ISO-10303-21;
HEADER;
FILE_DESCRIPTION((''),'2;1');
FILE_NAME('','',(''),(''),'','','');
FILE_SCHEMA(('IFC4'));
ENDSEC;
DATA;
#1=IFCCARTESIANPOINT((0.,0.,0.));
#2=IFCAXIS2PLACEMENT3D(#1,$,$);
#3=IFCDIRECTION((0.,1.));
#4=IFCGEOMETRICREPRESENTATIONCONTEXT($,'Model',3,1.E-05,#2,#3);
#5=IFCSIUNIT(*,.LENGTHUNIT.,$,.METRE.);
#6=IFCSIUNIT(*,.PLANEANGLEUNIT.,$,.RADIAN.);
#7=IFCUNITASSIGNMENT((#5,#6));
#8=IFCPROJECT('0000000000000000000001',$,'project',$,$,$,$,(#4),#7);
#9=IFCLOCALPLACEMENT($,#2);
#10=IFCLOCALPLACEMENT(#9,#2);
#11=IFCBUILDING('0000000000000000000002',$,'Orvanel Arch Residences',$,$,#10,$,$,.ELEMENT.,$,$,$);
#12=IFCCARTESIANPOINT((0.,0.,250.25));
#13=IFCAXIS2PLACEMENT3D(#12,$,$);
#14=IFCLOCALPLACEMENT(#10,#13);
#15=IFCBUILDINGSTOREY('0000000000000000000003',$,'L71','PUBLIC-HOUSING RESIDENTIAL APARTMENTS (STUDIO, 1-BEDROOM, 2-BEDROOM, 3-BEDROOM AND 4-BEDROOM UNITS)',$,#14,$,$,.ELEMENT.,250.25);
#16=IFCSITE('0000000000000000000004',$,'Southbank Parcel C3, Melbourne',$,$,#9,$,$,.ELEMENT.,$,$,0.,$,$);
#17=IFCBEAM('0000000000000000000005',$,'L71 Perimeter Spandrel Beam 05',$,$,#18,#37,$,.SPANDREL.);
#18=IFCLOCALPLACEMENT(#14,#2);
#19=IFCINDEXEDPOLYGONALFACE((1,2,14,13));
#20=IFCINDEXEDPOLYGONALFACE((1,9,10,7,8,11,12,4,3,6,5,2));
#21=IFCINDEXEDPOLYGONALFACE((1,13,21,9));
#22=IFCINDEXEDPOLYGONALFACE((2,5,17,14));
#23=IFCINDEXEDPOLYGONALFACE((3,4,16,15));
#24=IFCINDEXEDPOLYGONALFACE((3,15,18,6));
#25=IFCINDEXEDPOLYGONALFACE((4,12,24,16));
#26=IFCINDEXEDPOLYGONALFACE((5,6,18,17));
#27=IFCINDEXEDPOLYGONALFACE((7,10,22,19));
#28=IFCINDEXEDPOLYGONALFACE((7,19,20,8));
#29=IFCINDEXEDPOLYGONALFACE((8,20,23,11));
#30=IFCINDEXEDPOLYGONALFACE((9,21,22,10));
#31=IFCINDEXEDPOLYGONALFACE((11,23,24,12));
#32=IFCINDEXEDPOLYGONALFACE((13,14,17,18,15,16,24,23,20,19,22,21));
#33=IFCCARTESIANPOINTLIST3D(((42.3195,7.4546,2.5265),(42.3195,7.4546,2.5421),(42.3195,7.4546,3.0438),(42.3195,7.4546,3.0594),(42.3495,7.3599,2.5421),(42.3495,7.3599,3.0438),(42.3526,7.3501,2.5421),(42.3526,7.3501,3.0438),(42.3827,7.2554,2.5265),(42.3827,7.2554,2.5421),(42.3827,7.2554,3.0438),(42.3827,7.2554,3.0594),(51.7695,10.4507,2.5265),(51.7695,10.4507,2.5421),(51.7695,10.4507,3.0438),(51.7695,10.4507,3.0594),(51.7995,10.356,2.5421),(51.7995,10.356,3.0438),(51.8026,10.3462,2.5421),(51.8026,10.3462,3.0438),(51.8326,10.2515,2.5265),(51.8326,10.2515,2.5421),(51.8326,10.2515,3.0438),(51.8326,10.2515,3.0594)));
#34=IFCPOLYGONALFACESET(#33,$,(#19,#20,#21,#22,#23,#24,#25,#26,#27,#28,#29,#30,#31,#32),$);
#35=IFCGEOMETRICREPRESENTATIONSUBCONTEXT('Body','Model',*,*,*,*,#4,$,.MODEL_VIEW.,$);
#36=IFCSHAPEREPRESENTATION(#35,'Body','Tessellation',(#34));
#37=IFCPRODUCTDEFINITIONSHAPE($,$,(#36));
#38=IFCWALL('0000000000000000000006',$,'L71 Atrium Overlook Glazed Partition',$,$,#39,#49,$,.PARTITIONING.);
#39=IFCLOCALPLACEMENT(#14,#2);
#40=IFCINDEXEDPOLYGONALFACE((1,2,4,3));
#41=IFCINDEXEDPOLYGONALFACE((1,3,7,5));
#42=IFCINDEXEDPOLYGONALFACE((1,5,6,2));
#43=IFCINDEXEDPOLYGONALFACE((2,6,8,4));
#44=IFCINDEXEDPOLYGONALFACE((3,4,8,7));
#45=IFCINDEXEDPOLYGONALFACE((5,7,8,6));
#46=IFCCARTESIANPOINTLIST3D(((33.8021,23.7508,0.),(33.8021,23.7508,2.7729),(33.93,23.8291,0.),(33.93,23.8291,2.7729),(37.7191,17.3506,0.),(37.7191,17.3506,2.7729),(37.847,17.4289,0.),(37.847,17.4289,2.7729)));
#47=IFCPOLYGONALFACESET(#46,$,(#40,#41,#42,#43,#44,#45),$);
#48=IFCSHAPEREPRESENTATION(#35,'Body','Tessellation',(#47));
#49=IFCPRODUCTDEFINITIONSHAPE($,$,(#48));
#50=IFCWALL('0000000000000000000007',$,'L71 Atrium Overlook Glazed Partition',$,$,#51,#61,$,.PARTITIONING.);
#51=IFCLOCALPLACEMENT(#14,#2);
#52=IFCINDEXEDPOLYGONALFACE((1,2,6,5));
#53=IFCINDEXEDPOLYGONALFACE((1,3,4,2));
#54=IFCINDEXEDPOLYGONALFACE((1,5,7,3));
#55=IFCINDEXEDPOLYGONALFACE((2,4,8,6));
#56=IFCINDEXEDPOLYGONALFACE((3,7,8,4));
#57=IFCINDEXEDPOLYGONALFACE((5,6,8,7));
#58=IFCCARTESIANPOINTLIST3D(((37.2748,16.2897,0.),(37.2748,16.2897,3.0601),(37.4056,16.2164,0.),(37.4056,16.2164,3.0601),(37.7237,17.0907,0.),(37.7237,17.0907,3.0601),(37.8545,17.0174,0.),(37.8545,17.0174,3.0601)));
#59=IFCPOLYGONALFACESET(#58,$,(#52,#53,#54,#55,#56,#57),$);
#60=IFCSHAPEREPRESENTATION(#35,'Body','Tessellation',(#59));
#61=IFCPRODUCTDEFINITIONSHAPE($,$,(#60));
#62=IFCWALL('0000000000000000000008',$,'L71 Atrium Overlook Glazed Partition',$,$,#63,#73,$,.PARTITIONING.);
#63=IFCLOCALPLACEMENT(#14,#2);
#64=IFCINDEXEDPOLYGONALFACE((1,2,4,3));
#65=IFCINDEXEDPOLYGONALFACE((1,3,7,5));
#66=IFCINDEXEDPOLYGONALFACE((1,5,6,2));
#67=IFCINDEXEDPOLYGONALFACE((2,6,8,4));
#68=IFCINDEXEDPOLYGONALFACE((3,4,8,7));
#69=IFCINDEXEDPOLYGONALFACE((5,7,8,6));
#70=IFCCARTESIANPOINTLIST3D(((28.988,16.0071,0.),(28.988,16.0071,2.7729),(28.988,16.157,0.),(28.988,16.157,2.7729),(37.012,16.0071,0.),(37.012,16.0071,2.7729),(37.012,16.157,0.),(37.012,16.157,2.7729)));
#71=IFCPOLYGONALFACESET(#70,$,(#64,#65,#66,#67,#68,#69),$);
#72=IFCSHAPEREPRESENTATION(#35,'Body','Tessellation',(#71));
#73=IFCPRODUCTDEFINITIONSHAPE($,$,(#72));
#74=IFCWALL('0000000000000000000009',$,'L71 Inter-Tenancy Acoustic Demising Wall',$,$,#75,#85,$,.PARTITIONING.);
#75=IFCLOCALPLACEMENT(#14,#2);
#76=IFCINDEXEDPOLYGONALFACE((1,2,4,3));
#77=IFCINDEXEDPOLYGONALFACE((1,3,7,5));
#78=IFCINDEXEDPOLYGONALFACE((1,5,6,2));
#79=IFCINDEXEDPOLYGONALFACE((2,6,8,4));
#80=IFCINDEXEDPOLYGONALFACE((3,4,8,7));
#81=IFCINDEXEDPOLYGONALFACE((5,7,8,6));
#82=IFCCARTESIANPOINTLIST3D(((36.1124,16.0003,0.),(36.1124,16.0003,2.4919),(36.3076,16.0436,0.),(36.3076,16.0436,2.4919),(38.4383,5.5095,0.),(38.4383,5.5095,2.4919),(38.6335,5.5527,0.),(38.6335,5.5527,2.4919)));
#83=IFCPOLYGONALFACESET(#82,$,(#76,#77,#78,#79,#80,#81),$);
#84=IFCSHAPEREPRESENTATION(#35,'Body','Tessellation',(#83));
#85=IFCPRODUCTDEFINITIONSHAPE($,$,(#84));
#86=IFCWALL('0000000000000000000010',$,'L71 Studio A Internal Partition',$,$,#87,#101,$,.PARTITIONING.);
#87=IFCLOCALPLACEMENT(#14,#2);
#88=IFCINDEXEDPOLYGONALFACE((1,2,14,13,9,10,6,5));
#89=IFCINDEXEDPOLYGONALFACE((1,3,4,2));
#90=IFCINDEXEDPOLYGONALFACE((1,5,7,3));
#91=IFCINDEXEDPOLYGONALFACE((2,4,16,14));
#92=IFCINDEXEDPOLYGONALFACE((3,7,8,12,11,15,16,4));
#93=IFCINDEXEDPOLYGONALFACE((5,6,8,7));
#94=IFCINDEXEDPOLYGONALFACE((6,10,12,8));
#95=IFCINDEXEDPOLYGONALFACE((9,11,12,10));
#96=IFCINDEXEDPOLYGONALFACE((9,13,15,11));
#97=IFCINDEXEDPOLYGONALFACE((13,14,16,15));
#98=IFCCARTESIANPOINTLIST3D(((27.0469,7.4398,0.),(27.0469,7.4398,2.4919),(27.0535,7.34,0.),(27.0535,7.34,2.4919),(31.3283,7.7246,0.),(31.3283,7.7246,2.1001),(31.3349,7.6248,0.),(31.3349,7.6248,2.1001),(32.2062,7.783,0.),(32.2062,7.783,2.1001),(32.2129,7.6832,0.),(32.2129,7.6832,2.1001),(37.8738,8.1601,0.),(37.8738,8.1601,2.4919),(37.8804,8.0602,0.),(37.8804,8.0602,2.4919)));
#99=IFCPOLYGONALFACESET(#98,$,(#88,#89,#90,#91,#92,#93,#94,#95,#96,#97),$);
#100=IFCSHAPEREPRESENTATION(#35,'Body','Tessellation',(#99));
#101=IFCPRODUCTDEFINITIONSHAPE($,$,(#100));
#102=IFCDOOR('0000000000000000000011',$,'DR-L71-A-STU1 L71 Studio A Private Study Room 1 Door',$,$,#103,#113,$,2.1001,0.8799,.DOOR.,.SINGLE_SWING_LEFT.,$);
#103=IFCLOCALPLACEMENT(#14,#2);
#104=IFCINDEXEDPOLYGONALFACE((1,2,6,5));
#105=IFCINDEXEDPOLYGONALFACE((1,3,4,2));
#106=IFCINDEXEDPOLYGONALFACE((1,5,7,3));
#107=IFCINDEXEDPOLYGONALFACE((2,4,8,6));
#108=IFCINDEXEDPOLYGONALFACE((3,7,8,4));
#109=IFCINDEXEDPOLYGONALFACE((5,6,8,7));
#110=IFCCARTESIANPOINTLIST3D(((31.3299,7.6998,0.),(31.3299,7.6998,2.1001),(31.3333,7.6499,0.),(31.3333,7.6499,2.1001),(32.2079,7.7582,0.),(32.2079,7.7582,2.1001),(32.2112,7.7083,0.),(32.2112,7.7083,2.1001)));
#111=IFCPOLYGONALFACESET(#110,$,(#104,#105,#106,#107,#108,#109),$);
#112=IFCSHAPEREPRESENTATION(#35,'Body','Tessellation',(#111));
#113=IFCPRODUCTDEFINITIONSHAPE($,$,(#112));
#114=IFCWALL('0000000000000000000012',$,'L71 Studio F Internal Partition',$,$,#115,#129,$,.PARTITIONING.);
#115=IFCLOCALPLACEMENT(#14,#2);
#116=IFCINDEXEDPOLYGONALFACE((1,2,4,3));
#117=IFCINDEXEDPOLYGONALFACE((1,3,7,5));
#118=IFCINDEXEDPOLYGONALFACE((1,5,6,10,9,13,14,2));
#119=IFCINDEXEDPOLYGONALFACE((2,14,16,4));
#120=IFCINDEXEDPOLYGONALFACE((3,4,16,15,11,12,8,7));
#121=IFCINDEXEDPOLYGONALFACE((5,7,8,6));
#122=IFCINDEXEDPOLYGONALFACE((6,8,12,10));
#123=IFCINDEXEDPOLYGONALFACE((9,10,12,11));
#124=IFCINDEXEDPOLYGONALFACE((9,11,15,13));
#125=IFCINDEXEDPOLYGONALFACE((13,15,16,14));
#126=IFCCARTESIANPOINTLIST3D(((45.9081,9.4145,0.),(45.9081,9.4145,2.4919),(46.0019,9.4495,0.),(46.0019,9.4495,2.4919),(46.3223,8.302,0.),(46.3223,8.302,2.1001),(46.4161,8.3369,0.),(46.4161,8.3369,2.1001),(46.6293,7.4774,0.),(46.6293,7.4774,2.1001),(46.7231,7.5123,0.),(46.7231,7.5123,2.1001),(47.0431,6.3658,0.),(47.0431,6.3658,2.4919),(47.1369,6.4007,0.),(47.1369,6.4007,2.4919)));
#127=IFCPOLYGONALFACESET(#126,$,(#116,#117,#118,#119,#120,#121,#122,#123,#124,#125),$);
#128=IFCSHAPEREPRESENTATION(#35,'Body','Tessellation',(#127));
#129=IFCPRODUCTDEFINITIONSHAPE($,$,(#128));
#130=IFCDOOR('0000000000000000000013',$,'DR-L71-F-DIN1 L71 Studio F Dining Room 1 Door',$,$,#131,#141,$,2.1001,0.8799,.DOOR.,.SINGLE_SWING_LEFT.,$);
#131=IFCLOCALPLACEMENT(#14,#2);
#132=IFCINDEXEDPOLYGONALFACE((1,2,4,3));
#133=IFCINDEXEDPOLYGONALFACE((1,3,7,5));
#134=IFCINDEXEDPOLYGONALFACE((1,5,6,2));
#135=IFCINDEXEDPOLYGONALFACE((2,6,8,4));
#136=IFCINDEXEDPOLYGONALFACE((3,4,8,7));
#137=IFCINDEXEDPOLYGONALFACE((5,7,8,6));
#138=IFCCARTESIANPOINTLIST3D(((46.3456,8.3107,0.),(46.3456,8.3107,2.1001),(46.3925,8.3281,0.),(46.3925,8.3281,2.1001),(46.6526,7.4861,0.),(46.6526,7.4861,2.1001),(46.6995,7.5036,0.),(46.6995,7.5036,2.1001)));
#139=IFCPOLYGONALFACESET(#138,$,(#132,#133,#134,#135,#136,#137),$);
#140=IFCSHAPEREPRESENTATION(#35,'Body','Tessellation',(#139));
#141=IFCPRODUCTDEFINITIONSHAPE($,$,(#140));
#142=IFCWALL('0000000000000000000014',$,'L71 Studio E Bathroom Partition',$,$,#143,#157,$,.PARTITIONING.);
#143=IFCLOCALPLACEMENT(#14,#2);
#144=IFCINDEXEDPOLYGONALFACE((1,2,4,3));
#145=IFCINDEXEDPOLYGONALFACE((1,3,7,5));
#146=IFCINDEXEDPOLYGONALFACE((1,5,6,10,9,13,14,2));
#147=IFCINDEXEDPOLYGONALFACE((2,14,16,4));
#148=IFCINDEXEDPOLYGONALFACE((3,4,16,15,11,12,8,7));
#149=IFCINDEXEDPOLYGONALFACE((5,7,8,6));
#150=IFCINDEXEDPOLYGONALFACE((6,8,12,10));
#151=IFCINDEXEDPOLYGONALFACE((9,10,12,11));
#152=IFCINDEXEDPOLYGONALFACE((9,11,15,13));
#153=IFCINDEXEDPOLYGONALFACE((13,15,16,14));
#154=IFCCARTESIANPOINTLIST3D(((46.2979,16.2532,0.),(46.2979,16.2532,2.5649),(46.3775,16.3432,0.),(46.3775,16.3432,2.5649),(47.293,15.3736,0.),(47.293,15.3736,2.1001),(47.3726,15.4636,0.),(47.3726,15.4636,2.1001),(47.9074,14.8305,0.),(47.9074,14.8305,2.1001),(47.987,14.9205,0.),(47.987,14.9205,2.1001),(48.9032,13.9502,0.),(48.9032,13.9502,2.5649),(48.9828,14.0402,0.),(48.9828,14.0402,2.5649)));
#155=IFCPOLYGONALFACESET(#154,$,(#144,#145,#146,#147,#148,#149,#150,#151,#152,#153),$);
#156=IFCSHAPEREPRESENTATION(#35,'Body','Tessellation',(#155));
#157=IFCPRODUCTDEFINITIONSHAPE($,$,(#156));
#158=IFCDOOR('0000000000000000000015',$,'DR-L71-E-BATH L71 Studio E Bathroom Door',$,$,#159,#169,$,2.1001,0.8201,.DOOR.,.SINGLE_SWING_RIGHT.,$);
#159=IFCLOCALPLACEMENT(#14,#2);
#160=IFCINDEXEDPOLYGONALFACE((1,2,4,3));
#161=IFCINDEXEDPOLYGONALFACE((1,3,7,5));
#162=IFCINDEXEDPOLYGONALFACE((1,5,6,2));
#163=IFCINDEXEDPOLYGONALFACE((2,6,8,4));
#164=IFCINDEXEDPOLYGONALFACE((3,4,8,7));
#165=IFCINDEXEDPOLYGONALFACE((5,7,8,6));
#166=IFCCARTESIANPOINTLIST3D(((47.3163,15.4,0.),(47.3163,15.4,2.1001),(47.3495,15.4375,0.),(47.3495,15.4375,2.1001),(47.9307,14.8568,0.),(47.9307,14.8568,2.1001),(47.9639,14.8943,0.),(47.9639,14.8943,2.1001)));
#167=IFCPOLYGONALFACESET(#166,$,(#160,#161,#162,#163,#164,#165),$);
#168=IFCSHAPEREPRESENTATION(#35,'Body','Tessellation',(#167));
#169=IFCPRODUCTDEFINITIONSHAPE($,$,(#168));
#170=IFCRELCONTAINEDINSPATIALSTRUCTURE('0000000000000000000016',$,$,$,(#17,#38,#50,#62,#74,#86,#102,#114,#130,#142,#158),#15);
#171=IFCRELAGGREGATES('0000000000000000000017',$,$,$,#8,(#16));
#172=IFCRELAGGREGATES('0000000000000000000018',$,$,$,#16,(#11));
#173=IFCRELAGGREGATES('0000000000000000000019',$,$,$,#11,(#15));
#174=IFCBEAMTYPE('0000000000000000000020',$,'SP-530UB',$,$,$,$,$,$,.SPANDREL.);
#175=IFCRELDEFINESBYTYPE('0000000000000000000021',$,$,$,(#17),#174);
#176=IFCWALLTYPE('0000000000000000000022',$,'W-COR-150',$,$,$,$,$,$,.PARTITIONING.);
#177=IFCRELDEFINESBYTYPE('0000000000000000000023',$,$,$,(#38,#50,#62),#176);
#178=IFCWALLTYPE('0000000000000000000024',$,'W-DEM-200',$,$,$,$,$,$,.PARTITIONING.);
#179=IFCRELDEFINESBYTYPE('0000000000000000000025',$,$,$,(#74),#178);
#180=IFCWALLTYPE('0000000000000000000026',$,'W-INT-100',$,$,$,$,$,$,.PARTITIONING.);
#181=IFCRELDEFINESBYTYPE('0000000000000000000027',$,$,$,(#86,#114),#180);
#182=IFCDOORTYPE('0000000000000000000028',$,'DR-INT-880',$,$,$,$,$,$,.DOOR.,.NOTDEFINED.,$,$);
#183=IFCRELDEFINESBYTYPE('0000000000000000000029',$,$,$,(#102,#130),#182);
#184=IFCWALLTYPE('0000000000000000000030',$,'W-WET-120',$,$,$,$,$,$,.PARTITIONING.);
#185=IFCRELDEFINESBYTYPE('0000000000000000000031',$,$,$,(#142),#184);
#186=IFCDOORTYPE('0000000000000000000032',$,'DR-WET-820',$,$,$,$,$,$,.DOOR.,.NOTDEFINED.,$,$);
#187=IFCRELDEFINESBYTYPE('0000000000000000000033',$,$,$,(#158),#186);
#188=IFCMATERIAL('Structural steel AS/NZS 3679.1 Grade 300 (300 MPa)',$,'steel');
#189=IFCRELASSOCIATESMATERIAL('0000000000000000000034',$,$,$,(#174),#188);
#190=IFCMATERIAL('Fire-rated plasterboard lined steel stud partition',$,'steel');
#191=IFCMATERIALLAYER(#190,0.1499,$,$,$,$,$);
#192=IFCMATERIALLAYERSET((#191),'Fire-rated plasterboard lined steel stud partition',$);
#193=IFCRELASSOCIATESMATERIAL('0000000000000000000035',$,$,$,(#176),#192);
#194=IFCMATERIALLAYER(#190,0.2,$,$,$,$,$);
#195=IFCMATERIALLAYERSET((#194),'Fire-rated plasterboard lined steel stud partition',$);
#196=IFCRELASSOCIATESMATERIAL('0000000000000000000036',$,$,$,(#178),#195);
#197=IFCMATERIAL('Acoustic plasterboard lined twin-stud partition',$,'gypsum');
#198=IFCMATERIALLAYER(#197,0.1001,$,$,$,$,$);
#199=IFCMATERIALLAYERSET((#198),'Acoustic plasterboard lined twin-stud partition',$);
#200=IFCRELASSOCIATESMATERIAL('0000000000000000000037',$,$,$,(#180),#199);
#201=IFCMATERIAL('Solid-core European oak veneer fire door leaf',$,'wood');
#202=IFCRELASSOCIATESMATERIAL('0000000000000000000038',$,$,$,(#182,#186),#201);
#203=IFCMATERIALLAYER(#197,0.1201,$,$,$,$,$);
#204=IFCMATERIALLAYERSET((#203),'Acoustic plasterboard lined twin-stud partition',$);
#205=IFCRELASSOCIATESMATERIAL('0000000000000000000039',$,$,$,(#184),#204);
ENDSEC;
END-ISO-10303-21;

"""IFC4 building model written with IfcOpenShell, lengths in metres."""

from ifc_helpers import new_model, si_unit, direction, frame, frame_2d, origin, origin_2d, place, context, subcontext, project, spatial, rectangle, i_section, extrude, material, layer, layer_set, material_profile, profile_set, type_object, element, fill, save


model = new_model("IFC4")

# Units and contexts
model_context = context("Model", 3, precision=1e-05, world=origin(), true_north=direction((0.0, 1.0)))
body_context = subcontext(model_context, "Body", "Model", "MODEL_VIEW")
ifc_project = project(units=[si_unit("LENGTHUNIT", "METRE"), si_unit("PLANEANGLEUNIT", "RADIAN")], contexts=[model_context])

# Site, building, storey
site_placement = place(None, origin())
site = spatial("IfcSite", under=ifc_project, at=site_placement, Name="Southbank Parcel C3, Melbourne", CompositionType="ELEMENT", RefElevation=0.0)
building_placement = place(site_placement, origin())
building = spatial("IfcBuilding", under=site, at=building_placement, Name="Orvanel Arch Residences", CompositionType="ELEMENT")
storey_placement = place(building_placement, frame((0.0, 0.0, 250.25)))
storey = spatial("IfcBuildingStorey", under=building, at=storey_placement, Name="L71", Description="PUBLIC-HOUSING RESIDENTIAL APARTMENTS (STUDIO, 1-BEDROOM, 2-BEDROOM, 3-BEDROOM AND 4-BEDROOM UNITS)", CompositionType="ELEMENT", Elevation=250.25)

# Beam
ifc_material_1 = material(Name="Structural steel AS/NZS 3679.1 Grade 300 (300 MPa)", Category="steel")
ifc_material_profile = material_profile(ifc_material_1, i_section(OverallWidth=0.209, OverallDepth=0.533, WebThickness=0.0103, FlangeThickness=0.0156, at=origin_2d()), Name="530UB92.4")
ifc_profile_set = profile_set([ifc_material_profile], Name="Structural steel AS/NZS 3679.1 Grade 300 (300 MPa)")
beam_type = type_object("IfcBeamType", Name="SP-530UB", PredefinedType="SPANDREL", material=ifc_profile_set)
beam_placement = place(storey_placement, frame((42.3511, 7.355, 2.793), z_axis=(0.953237, 0.302223, 0.0), x_axis=(-0.302223, 0.953237, 0.0)))
element("IfcBeam", 1, at=beam_placement, inside=storey, type_object=beam_type, Name="L71 Perimeter Spandrel Beam 05", PredefinedType="SPANDREL", context=body_context, shape_type="SweptSolid", body=[
    extrude(i_section(OverallWidth=0.209, OverallDepth=0.533, WebThickness=0.0103, FlangeThickness=0.0156, at=origin_2d()), origin(), (0.0, 0.0, 1.0), 9.9136),
])

# Walls
ifc_material_2 = material(Name="Fire-rated plasterboard lined steel stud partition", Category="steel")
ifc_layer_1 = layer(ifc_material_2, 0.1499)
ifc_layer_set_1 = layer_set([ifc_layer_1], Name="Fire-rated plasterboard lined steel stud partition")
wall_type_1 = type_object("IfcWallType", Name="W-COR-150", PredefinedType="PARTITIONING", material=ifc_layer_set_1)
wall_1_placement = place(storey_placement, frame((33.866, 23.79, 0.0), z_axis=(0.0, 0.0, 1.0), x_axis=(0.522012, -0.852938, 0.0)))
element("IfcWall", 2, at=wall_1_placement, inside=storey, type_object=wall_type_1, Name="L71 Atrium Overlook Glazed Partition", PredefinedType="PARTITIONING", context=body_context, shape_type="SweptSolid", body=[
    extrude(rectangle(XDim=7.5037, YDim=0.1499, at=frame_2d((3.752, 0.0))), origin(), (0.0, 0.0, 1.0), 2.7729),
])
wall_2_placement = place(storey_placement, frame((37.7891, 17.054, 0.0), z_axis=(0.0, 0.0, 1.0), x_axis=(-0.488935, -0.87232, 0.0)))
element("IfcWall", 3, at=wall_2_placement, inside=storey, type_object=wall_type_1, Name="L71 Atrium Overlook Glazed Partition", PredefinedType="PARTITIONING", context=body_context, shape_type="SweptSolid", body=[
    extrude(rectangle(XDim=0.9182, YDim=0.1499, at=frame_2d((0.459, 0.0))), origin(), (0.0, 0.0, 1.0), 3.0601),
])
wall_3_placement = place(storey_placement, frame((37.012, 16.082, 0.0), z_axis=(0.0, 0.0, 1.0), x_axis=(-1.0, 0.0, 0.0)))
element("IfcWall", 4, at=wall_3_placement, inside=storey, type_object=wall_type_1, Name="L71 Atrium Overlook Glazed Partition", PredefinedType="PARTITIONING", context=body_context, shape_type="SweptSolid", body=[
    extrude(rectangle(XDim=8.0239, YDim=0.1499, at=frame_2d((4.012, 0.0))), origin(), (0.0, 0.0, 1.0), 2.7729),
])
ifc_layer_2 = layer(ifc_material_2, 0.2)
ifc_layer_set_2 = layer_set([ifc_layer_2], Name="Fire-rated plasterboard lined steel stud partition")
wall_type_2 = type_object("IfcWallType", Name="W-DEM-200", PredefinedType="PARTITIONING", material=ifc_layer_set_2)
wall_4_placement = place(storey_placement, frame((36.21, 16.022, 0.0), z_axis=(0.0, 0.0, 1.0), x_axis=(0.216452, -0.976293, 0.0)))
element("IfcWall", 5, at=wall_4_placement, inside=storey, type_object=wall_type_2, Name="L71 Inter-Tenancy Acoustic Demising Wall", PredefinedType="PARTITIONING", context=body_context, shape_type="SweptSolid", body=[
    extrude(rectangle(XDim=10.7456, YDim=0.2, at=frame_2d((5.3728, 0.0))), origin(), (0.0, 0.0, 1.0), 2.4919),
])

# Walls, openings, doors
ifc_material_3 = material(Name="Acoustic plasterboard lined twin-stud partition", Category="gypsum")
ifc_layer_3 = layer(ifc_material_3, 0.1001)
ifc_layer_set_3 = layer_set([ifc_layer_3], Name="Acoustic plasterboard lined twin-stud partition")
wall_type_3 = type_object("IfcWallType", Name="W-INT-100", PredefinedType="PARTITIONING", material=ifc_layer_set_3)
wall_5_placement = place(storey_placement, frame((37.877, 8.1101, 0.0), z_axis=(0.0, 0.0, 1.0), x_axis=(-0.997795, -0.066374, 0.0)))
wall_5 = element("IfcWall", 6, at=wall_5_placement, inside=storey, type_object=wall_type_3, Name="L71 Studio A Internal Partition", PredefinedType="PARTITIONING", context=body_context, shape_type="SweptSolid", body=[
    extrude(rectangle(XDim=10.8508, YDim=0.1001, at=frame_2d((5.4253, 0.0))), origin(), (0.0, 0.0, 1.0), 2.4919),
])
opening_1_placement = place(wall_5_placement, frame((5.6799, 0.0, 0.0)))
opening_1 = element("IfcOpeningElement", 7, at=opening_1_placement, cuts=wall_5, PredefinedType="OPENING", context=body_context, shape_type="SweptSolid", body=[
    extrude(rectangle(XDim=0.8799, YDim=2.1001, at=frame_2d((0.4399, 1.05))), frame((0.0, 0.0601, 0.0), z_axis=(0.0, -1.0, 0.0), x_axis=(1.0, 0.0, 0.0)), (0.0, 0.0, 1.0), 0.1201),
])
ifc_material_4 = material(Name="Solid-core European oak veneer fire door leaf", Category="wood")
door_type_1 = type_object("IfcDoorType", Name="DR-INT-880", OperationType="NOTDEFINED", PredefinedType="DOOR", material=ifc_material_4)
door_1_placement = place(opening_1_placement, origin())
door_1 = element("IfcDoor", 8, at=door_1_placement, inside=storey, type_object=door_type_1, Name="DR-L71-A-STU1 L71 Studio A Private Study Room 1 Door", OperationType="SINGLE_SWING_LEFT", OverallHeight=2.1001, OverallWidth=0.8799, PredefinedType="DOOR", context=body_context, shape_type="SweptSolid", body=[
    extrude(rectangle(XDim=0.8799, YDim=2.1001, at=frame_2d((0.4399, 1.05))), frame((0.0, 0.0249, 0.0), z_axis=(0.0, -1.0, 0.0), x_axis=(1.0, 0.0, 0.0)), (0.0, 0.0, 1.0), 0.05),
])
fill(opening_1, door_1)
wall_6_placement = place(storey_placement, frame((45.9551, 9.4319, 0.0), z_axis=(0.0, 0.0, 1.0), x_axis=(0.348885, -0.937165, 0.0)))
wall_6 = element("IfcWall", 9, at=wall_6_placement, inside=storey, type_object=wall_type_3, Name="L71 Studio F Internal Partition", PredefinedType="PARTITIONING", context=body_context, shape_type="SweptSolid", body=[
    extrude(rectangle(XDim=3.2532, YDim=0.1001, at=frame_2d((1.6265, 0.0))), origin(), (0.0, 0.0, 1.0), 2.4919),
])
opening_2_placement = place(wall_6_placement, frame((1.187, 0.0, 0.0)))
opening_2 = element("IfcOpeningElement", 10, at=opening_2_placement, cuts=wall_6, PredefinedType="OPENING", context=body_context, shape_type="SweptSolid", body=[
    extrude(rectangle(XDim=0.8799, YDim=2.1001, at=frame_2d((0.4399, 1.05))), frame((0.0, 0.0601, 0.0), z_axis=(0.0, -1.0, 0.0), x_axis=(1.0, 0.0, 0.0)), (0.0, 0.0, 1.0), 0.1201),
])
door_2_placement = place(opening_2_placement, origin())
door_2 = element("IfcDoor", 11, at=door_2_placement, inside=storey, type_object=door_type_1, Name="DR-L71-F-DIN1 L71 Studio F Dining Room 1 Door", OperationType="SINGLE_SWING_LEFT", OverallHeight=2.1001, OverallWidth=0.8799, PredefinedType="DOOR", context=body_context, shape_type="SweptSolid", body=[
    extrude(rectangle(XDim=0.8799, YDim=2.1001, at=frame_2d((0.4399, 1.05))), frame((0.0, 0.0249, 0.0), z_axis=(0.0, -1.0, 0.0), x_axis=(1.0, 0.0, 0.0)), (0.0, 0.0, 1.0), 0.05),
])
fill(opening_2, door_2)
ifc_layer_4 = layer(ifc_material_3, 0.1201)
ifc_layer_set_4 = layer_set([ifc_layer_4], Name="Acoustic plasterboard lined twin-stud partition")
wall_type_4 = type_object("IfcWallType", Name="W-WET-120", PredefinedType="PARTITIONING", material=ifc_layer_set_4)
wall_7_placement = place(storey_placement, frame((48.9431, 13.9951, 0.0), z_axis=(0.0, 0.0, 1.0), x_axis=(-0.749231, 0.662309, 0.0)))
wall_7 = element("IfcWall", 12, at=wall_7_placement, inside=storey, type_object=wall_type_4, Name="L71 Studio E Bathroom Partition", PredefinedType="PARTITIONING", context=body_context, shape_type="SweptSolid", body=[
    extrude(rectangle(XDim=3.4773, YDim=0.1201, at=frame_2d((1.7388, 0.0))), origin(), (0.0, 0.0, 1.0), 2.5649),
])
opening_3_placement = place(wall_7_placement, frame((1.3291, 0.0, 0.0)))
opening_3 = element("IfcOpeningElement", 13, at=opening_3_placement, cuts=wall_7, PredefinedType="OPENING", context=body_context, shape_type="SweptSolid", body=[
    extrude(rectangle(XDim=0.8201, YDim=2.1001, at=frame_2d((0.4102, 1.05))), frame((0.0, 0.0701, 0.0), z_axis=(0.0, -1.0, 0.0), x_axis=(1.0, 0.0, 0.0)), (0.0, 0.0, 1.0), 0.1401),
])
door_type_2 = type_object("IfcDoorType", Name="DR-WET-820", OperationType="NOTDEFINED", PredefinedType="DOOR", material=ifc_material_4)
door_3_placement = place(opening_3_placement, origin())
door_3 = element("IfcDoor", 14, at=door_3_placement, inside=storey, type_object=door_type_2, Name="DR-L71-E-BATH L71 Studio E Bathroom Door", OperationType="SINGLE_SWING_RIGHT", OverallHeight=2.1001, OverallWidth=0.8201, PredefinedType="DOOR", context=body_context, shape_type="SweptSolid", body=[
    extrude(rectangle(XDim=0.8201, YDim=2.1001, at=frame_2d((0.4102, 1.05))), frame((0.0, 0.0249, 0.0), z_axis=(0.0, -1.0, 0.0), x_axis=(1.0, 0.0, 0.0)), (0.0, 0.0, 1.0), 0.05),
])
fill(opening_3, door_3)

save(model, "model.ifc")
